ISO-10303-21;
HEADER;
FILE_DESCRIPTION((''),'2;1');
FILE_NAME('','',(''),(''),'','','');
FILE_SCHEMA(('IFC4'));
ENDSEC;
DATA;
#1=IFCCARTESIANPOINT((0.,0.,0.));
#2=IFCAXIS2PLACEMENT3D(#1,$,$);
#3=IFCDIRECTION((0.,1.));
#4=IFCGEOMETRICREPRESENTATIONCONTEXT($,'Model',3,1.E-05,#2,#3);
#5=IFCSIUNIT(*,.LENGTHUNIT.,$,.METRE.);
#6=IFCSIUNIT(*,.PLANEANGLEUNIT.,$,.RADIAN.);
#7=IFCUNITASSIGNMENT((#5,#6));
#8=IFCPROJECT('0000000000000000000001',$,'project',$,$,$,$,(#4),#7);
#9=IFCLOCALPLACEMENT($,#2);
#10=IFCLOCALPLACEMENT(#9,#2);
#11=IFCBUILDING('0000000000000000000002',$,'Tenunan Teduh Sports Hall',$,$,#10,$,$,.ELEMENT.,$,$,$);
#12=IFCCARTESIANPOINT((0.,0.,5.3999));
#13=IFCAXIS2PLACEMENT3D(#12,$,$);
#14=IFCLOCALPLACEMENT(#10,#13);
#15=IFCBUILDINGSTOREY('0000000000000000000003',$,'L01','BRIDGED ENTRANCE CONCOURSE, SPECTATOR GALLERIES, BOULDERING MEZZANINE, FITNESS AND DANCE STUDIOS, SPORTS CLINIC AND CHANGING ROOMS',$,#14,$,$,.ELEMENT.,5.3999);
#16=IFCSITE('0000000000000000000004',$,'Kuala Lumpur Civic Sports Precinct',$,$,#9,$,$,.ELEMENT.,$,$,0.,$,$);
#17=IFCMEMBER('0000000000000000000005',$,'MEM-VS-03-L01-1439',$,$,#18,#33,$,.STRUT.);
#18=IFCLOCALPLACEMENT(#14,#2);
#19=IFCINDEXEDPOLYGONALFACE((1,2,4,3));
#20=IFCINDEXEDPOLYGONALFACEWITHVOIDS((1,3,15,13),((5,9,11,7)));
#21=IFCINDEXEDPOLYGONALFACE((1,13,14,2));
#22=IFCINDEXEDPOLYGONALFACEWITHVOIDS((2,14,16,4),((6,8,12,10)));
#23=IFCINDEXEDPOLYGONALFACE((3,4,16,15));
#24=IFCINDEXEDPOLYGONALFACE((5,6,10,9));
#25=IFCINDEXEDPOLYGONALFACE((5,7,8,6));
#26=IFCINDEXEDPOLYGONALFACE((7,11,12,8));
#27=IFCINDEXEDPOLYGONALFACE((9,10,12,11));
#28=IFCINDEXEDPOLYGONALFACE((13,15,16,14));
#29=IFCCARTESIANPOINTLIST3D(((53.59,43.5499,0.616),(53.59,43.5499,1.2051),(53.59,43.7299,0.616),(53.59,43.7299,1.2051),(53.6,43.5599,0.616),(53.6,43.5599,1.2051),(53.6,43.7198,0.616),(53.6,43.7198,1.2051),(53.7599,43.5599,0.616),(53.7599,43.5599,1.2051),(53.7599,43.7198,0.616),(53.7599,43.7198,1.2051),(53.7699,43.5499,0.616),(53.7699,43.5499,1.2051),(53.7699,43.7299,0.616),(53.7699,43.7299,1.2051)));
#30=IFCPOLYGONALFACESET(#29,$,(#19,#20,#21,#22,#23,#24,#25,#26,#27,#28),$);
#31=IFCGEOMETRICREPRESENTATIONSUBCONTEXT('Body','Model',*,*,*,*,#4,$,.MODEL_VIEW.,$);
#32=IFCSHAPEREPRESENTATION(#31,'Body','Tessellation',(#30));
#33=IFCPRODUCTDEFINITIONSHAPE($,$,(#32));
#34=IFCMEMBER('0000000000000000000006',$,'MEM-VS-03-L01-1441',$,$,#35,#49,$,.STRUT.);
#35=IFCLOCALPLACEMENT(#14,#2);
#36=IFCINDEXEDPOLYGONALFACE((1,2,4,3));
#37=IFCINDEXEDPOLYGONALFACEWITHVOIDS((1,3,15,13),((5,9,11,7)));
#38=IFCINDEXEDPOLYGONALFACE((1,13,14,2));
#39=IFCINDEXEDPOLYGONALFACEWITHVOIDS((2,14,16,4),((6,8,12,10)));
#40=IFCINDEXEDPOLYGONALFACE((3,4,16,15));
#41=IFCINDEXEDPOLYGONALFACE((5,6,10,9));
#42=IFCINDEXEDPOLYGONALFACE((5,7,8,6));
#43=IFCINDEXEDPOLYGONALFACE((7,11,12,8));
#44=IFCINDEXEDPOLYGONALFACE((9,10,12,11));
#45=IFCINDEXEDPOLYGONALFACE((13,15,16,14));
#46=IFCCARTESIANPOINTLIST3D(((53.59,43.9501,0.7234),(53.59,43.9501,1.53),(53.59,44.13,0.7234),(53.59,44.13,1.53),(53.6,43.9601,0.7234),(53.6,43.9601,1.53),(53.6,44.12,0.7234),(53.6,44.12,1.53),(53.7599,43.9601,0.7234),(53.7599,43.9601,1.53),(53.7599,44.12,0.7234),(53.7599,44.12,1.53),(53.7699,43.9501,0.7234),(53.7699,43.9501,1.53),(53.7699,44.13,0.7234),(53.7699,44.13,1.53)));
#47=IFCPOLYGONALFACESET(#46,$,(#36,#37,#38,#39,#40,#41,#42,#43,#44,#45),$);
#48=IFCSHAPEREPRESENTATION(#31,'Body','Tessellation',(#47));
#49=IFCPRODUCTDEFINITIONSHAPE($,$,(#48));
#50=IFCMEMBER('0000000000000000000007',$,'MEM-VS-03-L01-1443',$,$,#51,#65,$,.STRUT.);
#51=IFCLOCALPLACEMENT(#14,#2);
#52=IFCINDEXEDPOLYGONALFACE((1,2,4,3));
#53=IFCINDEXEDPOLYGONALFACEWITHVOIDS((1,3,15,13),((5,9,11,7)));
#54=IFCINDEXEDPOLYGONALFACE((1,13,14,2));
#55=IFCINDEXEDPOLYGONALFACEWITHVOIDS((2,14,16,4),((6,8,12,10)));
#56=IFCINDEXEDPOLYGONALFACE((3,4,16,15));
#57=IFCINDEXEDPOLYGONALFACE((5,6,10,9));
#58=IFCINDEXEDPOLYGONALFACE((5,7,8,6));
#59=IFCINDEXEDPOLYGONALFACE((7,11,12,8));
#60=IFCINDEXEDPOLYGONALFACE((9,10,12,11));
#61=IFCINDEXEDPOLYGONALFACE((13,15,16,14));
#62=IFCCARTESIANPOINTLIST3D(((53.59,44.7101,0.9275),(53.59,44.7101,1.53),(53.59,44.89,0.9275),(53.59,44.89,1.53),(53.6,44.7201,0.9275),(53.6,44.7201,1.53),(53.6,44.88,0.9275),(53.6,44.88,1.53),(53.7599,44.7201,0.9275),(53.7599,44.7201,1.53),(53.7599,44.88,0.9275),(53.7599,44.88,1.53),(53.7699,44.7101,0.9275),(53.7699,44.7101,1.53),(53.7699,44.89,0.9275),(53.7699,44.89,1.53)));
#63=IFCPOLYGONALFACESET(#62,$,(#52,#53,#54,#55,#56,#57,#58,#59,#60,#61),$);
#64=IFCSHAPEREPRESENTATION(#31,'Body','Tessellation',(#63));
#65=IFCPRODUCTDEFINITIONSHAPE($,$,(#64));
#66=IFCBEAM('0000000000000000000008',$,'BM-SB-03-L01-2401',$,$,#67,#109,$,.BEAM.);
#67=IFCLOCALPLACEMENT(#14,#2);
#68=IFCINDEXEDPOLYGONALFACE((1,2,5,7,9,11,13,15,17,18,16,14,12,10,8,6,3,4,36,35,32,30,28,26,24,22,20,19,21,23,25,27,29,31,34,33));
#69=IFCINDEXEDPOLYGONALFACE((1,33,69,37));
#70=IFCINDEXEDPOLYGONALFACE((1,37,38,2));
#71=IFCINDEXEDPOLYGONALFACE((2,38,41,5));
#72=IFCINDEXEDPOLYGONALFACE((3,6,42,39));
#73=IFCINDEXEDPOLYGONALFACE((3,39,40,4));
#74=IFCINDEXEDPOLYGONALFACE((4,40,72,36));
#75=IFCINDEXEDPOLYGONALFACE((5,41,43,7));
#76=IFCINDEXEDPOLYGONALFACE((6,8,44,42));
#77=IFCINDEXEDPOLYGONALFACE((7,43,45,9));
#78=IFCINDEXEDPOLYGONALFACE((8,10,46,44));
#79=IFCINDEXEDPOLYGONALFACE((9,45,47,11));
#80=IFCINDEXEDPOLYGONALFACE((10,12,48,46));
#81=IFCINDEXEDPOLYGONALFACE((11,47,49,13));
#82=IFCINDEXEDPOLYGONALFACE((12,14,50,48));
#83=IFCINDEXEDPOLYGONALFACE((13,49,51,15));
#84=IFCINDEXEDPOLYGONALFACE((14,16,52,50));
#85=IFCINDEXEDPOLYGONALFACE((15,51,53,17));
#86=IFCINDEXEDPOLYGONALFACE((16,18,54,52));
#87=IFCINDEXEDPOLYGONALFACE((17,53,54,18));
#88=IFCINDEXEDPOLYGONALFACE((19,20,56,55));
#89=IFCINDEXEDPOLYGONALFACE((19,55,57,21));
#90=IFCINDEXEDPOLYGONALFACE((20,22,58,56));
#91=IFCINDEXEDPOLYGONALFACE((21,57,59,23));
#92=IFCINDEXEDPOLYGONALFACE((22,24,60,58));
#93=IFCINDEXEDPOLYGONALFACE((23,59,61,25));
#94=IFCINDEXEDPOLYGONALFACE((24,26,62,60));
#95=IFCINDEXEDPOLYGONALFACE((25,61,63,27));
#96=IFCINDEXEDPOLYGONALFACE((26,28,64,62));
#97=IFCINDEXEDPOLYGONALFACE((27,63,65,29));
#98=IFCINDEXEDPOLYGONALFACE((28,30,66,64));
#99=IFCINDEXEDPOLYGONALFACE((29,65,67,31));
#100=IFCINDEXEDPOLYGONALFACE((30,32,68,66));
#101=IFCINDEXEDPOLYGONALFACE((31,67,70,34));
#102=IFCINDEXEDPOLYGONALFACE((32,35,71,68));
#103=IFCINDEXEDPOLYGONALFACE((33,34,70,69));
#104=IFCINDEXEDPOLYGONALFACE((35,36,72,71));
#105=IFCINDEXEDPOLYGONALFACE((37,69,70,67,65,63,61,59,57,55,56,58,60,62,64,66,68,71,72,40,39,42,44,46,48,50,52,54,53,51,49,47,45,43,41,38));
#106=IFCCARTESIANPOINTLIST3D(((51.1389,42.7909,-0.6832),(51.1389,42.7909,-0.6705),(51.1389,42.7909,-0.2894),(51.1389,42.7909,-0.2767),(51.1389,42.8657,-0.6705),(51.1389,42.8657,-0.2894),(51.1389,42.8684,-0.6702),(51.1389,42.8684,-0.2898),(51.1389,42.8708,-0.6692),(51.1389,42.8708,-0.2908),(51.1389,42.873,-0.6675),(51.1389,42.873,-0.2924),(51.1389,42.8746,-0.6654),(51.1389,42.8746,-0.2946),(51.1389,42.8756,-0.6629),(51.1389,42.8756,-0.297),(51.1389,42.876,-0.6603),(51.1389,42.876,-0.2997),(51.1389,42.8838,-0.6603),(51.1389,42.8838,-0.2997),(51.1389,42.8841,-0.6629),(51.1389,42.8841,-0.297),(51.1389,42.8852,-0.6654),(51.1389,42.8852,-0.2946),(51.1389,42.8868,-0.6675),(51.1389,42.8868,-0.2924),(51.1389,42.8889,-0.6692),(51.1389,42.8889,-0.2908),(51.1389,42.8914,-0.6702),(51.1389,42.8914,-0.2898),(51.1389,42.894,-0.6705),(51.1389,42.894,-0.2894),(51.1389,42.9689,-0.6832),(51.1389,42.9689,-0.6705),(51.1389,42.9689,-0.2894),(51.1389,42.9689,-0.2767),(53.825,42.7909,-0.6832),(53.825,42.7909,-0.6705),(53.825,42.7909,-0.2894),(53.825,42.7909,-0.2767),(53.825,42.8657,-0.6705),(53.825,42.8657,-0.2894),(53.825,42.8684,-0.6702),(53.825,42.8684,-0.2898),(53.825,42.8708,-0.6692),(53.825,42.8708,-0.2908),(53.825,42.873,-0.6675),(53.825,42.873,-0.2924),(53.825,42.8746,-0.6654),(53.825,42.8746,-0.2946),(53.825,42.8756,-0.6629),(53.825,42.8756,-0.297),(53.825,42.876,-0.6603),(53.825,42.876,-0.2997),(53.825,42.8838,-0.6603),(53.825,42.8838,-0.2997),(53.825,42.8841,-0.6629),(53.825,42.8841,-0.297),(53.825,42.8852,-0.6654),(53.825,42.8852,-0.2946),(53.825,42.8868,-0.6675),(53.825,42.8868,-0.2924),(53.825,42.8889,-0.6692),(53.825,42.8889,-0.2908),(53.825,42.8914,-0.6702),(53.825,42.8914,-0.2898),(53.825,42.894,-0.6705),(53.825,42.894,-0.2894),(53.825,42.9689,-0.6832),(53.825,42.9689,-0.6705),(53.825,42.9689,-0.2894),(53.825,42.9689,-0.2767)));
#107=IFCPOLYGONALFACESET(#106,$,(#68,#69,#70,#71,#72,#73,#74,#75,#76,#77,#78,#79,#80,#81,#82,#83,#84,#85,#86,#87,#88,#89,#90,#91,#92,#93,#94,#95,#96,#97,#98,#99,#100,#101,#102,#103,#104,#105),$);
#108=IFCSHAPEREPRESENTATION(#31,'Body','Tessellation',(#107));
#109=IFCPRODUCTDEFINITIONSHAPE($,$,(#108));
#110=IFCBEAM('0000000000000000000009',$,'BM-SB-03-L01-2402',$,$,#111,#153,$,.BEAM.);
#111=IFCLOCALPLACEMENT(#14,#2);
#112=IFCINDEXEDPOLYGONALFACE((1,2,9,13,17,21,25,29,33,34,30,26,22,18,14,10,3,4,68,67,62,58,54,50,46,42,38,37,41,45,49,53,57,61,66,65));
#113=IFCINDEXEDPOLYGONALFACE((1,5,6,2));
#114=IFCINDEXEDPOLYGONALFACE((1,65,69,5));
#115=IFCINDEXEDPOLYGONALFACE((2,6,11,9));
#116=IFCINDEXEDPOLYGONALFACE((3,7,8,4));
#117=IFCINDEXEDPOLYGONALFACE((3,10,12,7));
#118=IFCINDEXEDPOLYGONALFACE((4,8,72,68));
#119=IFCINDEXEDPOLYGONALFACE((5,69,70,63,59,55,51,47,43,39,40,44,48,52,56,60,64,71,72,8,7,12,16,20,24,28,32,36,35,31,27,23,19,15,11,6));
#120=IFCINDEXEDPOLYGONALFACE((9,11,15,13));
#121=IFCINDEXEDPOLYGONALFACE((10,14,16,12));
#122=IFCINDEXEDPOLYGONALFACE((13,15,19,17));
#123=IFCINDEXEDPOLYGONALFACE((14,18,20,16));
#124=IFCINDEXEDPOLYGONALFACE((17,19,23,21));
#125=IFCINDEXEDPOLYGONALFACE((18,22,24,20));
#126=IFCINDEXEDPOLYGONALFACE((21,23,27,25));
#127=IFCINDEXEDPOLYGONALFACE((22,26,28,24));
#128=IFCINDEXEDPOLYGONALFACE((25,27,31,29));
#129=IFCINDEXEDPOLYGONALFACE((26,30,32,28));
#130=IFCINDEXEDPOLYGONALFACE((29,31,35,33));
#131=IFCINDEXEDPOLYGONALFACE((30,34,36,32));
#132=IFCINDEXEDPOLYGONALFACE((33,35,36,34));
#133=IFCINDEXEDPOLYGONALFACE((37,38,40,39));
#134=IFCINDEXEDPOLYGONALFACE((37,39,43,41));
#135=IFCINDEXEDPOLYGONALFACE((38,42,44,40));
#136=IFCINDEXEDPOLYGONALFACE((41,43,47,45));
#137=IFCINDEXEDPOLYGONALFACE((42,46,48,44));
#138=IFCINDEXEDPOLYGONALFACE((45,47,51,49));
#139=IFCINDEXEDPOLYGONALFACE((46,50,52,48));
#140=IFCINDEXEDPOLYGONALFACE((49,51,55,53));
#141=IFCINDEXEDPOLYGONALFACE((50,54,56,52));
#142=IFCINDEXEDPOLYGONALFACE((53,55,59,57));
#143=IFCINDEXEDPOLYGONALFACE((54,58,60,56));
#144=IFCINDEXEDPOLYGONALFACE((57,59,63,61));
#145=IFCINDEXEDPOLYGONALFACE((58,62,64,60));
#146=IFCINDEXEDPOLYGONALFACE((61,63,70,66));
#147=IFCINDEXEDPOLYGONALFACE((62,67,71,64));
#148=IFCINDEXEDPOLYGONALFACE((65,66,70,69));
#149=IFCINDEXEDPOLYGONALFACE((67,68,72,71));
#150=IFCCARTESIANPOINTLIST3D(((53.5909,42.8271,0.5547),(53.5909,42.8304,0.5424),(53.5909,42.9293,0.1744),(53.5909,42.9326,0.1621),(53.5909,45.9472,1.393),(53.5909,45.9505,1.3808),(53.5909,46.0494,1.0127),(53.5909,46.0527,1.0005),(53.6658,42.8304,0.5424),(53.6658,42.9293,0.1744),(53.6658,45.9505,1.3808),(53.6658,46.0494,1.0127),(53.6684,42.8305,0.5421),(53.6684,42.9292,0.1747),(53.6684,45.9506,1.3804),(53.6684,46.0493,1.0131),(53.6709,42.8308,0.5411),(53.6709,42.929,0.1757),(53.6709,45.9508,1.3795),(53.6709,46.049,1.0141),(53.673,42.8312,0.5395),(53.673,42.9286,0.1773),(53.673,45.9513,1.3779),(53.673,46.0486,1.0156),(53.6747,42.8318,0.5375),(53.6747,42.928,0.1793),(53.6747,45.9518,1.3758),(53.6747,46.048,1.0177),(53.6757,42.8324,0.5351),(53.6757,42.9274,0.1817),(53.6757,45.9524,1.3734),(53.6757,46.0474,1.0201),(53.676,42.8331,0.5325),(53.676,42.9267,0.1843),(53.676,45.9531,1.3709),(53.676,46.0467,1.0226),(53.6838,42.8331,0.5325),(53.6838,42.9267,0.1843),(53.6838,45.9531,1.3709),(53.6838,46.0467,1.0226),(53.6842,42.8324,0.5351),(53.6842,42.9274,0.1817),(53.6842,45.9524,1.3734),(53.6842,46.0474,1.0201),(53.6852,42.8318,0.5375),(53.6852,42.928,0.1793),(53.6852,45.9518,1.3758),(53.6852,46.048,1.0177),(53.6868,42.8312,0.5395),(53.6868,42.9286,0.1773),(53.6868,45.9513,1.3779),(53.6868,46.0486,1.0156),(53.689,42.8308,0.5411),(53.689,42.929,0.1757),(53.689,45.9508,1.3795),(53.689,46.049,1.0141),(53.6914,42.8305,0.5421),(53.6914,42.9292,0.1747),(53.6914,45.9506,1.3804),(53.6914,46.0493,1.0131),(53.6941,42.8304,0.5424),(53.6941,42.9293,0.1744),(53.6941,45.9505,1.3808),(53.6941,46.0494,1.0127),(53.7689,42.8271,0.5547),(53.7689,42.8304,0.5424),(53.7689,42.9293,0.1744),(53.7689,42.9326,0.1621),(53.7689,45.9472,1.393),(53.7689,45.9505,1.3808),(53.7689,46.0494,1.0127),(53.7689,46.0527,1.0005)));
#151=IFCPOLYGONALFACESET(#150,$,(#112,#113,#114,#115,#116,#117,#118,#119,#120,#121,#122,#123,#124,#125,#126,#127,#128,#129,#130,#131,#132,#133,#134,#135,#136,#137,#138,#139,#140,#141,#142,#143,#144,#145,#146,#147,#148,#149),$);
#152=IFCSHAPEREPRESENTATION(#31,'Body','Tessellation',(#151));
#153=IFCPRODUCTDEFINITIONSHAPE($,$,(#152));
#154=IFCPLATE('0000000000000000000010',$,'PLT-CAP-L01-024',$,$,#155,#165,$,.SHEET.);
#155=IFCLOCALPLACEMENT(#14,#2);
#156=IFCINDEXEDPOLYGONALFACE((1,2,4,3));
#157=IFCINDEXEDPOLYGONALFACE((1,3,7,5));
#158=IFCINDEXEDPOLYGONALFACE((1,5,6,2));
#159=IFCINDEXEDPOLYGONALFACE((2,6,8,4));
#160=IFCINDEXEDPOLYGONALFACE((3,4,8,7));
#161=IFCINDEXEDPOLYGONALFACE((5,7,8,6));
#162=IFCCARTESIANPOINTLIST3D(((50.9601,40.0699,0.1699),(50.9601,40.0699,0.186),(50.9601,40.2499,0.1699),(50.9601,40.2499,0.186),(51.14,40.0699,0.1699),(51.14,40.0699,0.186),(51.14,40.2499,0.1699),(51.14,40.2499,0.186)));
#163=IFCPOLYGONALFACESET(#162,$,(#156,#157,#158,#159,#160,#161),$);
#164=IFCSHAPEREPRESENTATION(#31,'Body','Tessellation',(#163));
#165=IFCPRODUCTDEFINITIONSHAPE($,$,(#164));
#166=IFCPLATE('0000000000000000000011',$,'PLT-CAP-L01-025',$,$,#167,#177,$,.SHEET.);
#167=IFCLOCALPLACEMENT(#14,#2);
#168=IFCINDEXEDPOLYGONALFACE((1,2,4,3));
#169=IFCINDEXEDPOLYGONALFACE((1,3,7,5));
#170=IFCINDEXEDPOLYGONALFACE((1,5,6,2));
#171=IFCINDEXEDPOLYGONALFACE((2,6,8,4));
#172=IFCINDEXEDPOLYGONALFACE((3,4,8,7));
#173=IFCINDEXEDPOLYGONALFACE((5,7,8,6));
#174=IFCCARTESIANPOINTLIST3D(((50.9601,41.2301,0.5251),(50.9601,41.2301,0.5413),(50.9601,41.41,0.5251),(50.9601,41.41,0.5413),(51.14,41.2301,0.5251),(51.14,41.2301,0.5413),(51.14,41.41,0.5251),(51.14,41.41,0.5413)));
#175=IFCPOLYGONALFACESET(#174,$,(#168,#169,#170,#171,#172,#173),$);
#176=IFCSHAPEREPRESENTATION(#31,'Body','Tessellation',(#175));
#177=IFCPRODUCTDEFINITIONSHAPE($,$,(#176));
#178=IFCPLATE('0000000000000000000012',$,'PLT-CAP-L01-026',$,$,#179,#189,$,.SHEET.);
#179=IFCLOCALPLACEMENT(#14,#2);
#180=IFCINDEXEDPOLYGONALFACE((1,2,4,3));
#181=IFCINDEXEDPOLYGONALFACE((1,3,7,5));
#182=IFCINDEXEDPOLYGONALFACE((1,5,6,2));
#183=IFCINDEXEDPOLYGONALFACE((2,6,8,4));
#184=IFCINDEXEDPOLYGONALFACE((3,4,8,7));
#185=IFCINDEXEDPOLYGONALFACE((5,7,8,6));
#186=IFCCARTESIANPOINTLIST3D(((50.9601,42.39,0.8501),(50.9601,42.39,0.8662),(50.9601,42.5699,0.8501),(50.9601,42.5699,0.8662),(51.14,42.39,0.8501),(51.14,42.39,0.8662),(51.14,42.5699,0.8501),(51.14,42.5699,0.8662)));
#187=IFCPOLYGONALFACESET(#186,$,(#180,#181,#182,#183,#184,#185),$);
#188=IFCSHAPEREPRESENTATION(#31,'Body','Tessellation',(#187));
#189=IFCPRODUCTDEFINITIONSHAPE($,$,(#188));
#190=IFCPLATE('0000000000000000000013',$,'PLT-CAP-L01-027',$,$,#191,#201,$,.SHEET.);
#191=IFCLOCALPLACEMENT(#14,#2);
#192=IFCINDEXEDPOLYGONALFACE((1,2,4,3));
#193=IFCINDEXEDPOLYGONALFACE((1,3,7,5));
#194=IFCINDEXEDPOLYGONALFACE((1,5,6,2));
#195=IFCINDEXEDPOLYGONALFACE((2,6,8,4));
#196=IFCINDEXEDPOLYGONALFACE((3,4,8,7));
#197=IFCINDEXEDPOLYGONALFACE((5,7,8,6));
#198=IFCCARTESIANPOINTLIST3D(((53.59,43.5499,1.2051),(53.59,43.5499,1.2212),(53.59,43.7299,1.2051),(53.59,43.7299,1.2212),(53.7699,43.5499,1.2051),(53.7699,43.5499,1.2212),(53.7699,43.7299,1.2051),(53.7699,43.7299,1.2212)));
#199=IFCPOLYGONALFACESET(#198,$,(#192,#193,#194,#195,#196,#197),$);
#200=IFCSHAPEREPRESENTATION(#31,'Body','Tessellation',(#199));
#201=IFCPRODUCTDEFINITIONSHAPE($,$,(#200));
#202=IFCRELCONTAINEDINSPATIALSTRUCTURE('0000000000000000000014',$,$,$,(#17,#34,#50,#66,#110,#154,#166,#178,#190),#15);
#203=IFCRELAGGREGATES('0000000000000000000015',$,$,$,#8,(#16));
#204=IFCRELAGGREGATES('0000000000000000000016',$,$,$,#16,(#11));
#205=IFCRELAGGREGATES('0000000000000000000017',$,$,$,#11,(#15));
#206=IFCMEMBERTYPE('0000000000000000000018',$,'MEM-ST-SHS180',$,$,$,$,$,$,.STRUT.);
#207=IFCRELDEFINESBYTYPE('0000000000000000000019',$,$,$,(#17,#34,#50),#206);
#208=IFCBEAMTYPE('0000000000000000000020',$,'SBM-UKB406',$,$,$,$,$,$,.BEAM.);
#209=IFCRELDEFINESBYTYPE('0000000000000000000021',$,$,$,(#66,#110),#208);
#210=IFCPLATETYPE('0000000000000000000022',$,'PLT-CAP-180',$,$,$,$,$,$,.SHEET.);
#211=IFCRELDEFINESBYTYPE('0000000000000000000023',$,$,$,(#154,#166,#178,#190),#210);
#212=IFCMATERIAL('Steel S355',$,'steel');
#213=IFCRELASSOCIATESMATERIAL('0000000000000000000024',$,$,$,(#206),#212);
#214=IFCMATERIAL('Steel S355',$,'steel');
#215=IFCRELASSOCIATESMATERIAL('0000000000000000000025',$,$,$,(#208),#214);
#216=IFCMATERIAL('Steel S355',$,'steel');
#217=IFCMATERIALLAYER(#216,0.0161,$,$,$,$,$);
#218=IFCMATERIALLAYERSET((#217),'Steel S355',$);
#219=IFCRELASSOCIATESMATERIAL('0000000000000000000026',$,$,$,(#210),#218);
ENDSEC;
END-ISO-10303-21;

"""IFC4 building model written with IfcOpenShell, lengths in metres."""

from ifc_helpers import new_model, si_unit, direction, frame, origin, origin_2d, place, context, subcontext, project, spatial, rectangle, hollow_rectangle, i_section, extrude, material, layer, layer_set, material_profile, profile_set, type_object, element, save


model = new_model("IFC4")

# Units and contexts
model_context = context("Model", 3, precision=1e-05, world=origin(), true_north=direction((0.0, 1.0)))
body_context = subcontext(model_context, "Body", "Model", "MODEL_VIEW")
ifc_project = project(units=[si_unit("LENGTHUNIT", "METRE"), si_unit("PLANEANGLEUNIT", "RADIAN")], contexts=[model_context])

# Site, building, storey
site_placement = place(None, origin())
site = spatial("IfcSite", under=ifc_project, at=site_placement, Name="Kuala Lumpur Civic Sports Precinct", CompositionType="ELEMENT", RefElevation=0.0)
building_placement = place(site_placement, origin())
building = spatial("IfcBuilding", under=site, at=building_placement, Name="Tenunan Teduh Sports Hall", CompositionType="ELEMENT")
storey_placement = place(building_placement, frame((0.0, 0.0, 5.3999)))
storey = spatial("IfcBuildingStorey", under=building, at=storey_placement, Name="L01", Description="BRIDGED ENTRANCE CONCOURSE, SPECTATOR GALLERIES, BOULDERING MEZZANINE, FITNESS AND DANCE STUDIOS, SPORTS CLINIC AND CHANGING ROOMS", CompositionType="ELEMENT", Elevation=5.3999)

# Members
ifc_material_1 = material(Name="Steel S355", Category="steel")
ifc_material_profile_1 = material_profile(ifc_material_1, hollow_rectangle(XDim=0.1799, YDim=0.1799, WallThickness=0.01, at=origin_2d()), Name="SHS 180x180x10.0")
ifc_profile_set_1 = profile_set([ifc_material_profile_1], Name="Steel S355")
member_type = type_object("IfcMemberType", Name="MEM-ST-SHS180", PredefinedType="STRUT", material=ifc_profile_set_1)
member_1_placement = place(storey_placement, frame((53.6799, 43.6399, 0.616), z_axis=(0.0, 0.0, 1.0), x_axis=(1.0, 0.0, 0.0)))
element("IfcMember", 1, at=member_1_placement, inside=storey, type_object=member_type, Name="MEM-VS-03-L01-1439", PredefinedType="STRUT", context=body_context, shape_type="SweptSolid", body=[
    extrude(hollow_rectangle(XDim=0.1799, YDim=0.1799, WallThickness=0.01, at=origin_2d()), origin(), (0.0, 0.0, 1.0), 0.5891),
])
member_2_placement = place(storey_placement, frame((53.6799, 44.04, 0.7234), z_axis=(0.0, 0.0, 1.0), x_axis=(1.0, 0.0, 0.0)))
element("IfcMember", 2, at=member_2_placement, inside=storey, type_object=member_type, Name="MEM-VS-03-L01-1441", PredefinedType="STRUT", context=body_context, shape_type="SweptSolid", body=[
    extrude(hollow_rectangle(XDim=0.1799, YDim=0.1799, WallThickness=0.01, at=origin_2d()), origin(), (0.0, 0.0, 1.0), 0.8066),
])
member_3_placement = place(storey_placement, frame((53.6799, 44.8, 0.9275), z_axis=(0.0, 0.0, 1.0), x_axis=(1.0, 0.0, 0.0)))
element("IfcMember", 3, at=member_3_placement, inside=storey, type_object=member_type, Name="MEM-VS-03-L01-1443", PredefinedType="STRUT", context=body_context, shape_type="SweptSolid", body=[
    extrude(hollow_rectangle(XDim=0.1799, YDim=0.1799, WallThickness=0.01, at=origin_2d()), origin(), (0.0, 0.0, 1.0), 0.6025),
])

# Beams
ifc_material_2 = material(Name="Steel S355", Category="steel")
ifc_material_profile_2 = material_profile(ifc_material_2, i_section(OverallWidth=0.178, OverallDepth=0.4065, WebThickness=0.0078, FlangeThickness=0.0127, FilletRadius=0.0103, at=origin_2d()), Name="UKB 406x178x60")
ifc_profile_set_2 = profile_set([ifc_material_profile_2], Name="Steel S355")
beam_type_1 = type_object("IfcBeamType", Name="SBM-UKB406", PredefinedType="BEAM", material=ifc_profile_set_2)
beam_1_placement = place(storey_placement, frame((51.1389, 42.8799, -0.48), z_axis=(1.0, 0.0, 0.0), x_axis=(0.0, 1.0, 0.0)))
element("IfcBeam", 4, at=beam_1_placement, inside=storey, type_object=beam_type_1, Name="BM-SB-03-L01-2401", PredefinedType="BEAM", context=body_context, shape_type="SweptSolid", body=[
    extrude(i_section(OverallWidth=0.178, OverallDepth=0.4065, WebThickness=0.0078, FlangeThickness=0.0127, FilletRadius=0.0103, at=origin_2d()), origin(), (0.0, 0.0, 1.0), 2.686),
])
beam_2_placement = place(storey_placement, frame((53.6799, 42.8799, 0.3584), z_axis=(0.0, 0.965744, 0.259496), x_axis=(-1.0, 0.0, 0.0)))
element("IfcBeam", 5, at=beam_2_placement, inside=storey, type_object=beam_type_1, Name="BM-SB-03-L01-2402", PredefinedType="BEAM", context=body_context, shape_type="SweptSolid", body=[
    extrude(i_section(OverallWidth=0.178, OverallDepth=0.4065, WebThickness=0.0078, FlangeThickness=0.0127, FilletRadius=0.0103, at=origin_2d()), origin(), (0.0, 0.0, 1.0), 3.2307),
])

# Plates
ifc_material_3 = material(Name="Steel S355", Category="steel")
ifc_layer = layer(ifc_material_3, 0.0161)
ifc_layer_set = layer_set([ifc_layer], Name="Steel S355")
plate_type = type_object("IfcPlateType", Name="PLT-CAP-180", PredefinedType="SHEET", material=ifc_layer_set)
for number, where, z_axis, x_axis, name in (
    (6, (51.05, 40.1599, 0.1699), (0.0, 0.0, 1.0), (1.0, 0.0, 0.0), "PLT-CAP-L01-024"),
    (7, (51.05, 41.3201, 0.5251), (0.0, 0.0, 1.0), (1.0, 0.0, 0.0), "PLT-CAP-L01-025"),
    (8, (51.05, 42.48, 0.8501), (0.0, 0.0, 1.0), (1.0, 0.0, 0.0), "PLT-CAP-L01-026"),
    (9, (53.6799, 43.6399, 1.2051), (0.0, 0.0, 1.0), (1.0, 0.0, 0.0), "PLT-CAP-L01-027"),
):
    element("IfcPlate", number, at=place(storey_placement, frame(where, z_axis=z_axis, x_axis=x_axis)), inside=storey, type_object=plate_type, Name=name, PredefinedType="SHEET", context=body_context, shape_type="SweptSolid", body=[
        extrude(rectangle(XDim=0.1799, YDim=0.1799, at=origin_2d()), origin(), (0.0, 0.0, 1.0), 0.0161),
    ])

save(model, "model.ifc")
